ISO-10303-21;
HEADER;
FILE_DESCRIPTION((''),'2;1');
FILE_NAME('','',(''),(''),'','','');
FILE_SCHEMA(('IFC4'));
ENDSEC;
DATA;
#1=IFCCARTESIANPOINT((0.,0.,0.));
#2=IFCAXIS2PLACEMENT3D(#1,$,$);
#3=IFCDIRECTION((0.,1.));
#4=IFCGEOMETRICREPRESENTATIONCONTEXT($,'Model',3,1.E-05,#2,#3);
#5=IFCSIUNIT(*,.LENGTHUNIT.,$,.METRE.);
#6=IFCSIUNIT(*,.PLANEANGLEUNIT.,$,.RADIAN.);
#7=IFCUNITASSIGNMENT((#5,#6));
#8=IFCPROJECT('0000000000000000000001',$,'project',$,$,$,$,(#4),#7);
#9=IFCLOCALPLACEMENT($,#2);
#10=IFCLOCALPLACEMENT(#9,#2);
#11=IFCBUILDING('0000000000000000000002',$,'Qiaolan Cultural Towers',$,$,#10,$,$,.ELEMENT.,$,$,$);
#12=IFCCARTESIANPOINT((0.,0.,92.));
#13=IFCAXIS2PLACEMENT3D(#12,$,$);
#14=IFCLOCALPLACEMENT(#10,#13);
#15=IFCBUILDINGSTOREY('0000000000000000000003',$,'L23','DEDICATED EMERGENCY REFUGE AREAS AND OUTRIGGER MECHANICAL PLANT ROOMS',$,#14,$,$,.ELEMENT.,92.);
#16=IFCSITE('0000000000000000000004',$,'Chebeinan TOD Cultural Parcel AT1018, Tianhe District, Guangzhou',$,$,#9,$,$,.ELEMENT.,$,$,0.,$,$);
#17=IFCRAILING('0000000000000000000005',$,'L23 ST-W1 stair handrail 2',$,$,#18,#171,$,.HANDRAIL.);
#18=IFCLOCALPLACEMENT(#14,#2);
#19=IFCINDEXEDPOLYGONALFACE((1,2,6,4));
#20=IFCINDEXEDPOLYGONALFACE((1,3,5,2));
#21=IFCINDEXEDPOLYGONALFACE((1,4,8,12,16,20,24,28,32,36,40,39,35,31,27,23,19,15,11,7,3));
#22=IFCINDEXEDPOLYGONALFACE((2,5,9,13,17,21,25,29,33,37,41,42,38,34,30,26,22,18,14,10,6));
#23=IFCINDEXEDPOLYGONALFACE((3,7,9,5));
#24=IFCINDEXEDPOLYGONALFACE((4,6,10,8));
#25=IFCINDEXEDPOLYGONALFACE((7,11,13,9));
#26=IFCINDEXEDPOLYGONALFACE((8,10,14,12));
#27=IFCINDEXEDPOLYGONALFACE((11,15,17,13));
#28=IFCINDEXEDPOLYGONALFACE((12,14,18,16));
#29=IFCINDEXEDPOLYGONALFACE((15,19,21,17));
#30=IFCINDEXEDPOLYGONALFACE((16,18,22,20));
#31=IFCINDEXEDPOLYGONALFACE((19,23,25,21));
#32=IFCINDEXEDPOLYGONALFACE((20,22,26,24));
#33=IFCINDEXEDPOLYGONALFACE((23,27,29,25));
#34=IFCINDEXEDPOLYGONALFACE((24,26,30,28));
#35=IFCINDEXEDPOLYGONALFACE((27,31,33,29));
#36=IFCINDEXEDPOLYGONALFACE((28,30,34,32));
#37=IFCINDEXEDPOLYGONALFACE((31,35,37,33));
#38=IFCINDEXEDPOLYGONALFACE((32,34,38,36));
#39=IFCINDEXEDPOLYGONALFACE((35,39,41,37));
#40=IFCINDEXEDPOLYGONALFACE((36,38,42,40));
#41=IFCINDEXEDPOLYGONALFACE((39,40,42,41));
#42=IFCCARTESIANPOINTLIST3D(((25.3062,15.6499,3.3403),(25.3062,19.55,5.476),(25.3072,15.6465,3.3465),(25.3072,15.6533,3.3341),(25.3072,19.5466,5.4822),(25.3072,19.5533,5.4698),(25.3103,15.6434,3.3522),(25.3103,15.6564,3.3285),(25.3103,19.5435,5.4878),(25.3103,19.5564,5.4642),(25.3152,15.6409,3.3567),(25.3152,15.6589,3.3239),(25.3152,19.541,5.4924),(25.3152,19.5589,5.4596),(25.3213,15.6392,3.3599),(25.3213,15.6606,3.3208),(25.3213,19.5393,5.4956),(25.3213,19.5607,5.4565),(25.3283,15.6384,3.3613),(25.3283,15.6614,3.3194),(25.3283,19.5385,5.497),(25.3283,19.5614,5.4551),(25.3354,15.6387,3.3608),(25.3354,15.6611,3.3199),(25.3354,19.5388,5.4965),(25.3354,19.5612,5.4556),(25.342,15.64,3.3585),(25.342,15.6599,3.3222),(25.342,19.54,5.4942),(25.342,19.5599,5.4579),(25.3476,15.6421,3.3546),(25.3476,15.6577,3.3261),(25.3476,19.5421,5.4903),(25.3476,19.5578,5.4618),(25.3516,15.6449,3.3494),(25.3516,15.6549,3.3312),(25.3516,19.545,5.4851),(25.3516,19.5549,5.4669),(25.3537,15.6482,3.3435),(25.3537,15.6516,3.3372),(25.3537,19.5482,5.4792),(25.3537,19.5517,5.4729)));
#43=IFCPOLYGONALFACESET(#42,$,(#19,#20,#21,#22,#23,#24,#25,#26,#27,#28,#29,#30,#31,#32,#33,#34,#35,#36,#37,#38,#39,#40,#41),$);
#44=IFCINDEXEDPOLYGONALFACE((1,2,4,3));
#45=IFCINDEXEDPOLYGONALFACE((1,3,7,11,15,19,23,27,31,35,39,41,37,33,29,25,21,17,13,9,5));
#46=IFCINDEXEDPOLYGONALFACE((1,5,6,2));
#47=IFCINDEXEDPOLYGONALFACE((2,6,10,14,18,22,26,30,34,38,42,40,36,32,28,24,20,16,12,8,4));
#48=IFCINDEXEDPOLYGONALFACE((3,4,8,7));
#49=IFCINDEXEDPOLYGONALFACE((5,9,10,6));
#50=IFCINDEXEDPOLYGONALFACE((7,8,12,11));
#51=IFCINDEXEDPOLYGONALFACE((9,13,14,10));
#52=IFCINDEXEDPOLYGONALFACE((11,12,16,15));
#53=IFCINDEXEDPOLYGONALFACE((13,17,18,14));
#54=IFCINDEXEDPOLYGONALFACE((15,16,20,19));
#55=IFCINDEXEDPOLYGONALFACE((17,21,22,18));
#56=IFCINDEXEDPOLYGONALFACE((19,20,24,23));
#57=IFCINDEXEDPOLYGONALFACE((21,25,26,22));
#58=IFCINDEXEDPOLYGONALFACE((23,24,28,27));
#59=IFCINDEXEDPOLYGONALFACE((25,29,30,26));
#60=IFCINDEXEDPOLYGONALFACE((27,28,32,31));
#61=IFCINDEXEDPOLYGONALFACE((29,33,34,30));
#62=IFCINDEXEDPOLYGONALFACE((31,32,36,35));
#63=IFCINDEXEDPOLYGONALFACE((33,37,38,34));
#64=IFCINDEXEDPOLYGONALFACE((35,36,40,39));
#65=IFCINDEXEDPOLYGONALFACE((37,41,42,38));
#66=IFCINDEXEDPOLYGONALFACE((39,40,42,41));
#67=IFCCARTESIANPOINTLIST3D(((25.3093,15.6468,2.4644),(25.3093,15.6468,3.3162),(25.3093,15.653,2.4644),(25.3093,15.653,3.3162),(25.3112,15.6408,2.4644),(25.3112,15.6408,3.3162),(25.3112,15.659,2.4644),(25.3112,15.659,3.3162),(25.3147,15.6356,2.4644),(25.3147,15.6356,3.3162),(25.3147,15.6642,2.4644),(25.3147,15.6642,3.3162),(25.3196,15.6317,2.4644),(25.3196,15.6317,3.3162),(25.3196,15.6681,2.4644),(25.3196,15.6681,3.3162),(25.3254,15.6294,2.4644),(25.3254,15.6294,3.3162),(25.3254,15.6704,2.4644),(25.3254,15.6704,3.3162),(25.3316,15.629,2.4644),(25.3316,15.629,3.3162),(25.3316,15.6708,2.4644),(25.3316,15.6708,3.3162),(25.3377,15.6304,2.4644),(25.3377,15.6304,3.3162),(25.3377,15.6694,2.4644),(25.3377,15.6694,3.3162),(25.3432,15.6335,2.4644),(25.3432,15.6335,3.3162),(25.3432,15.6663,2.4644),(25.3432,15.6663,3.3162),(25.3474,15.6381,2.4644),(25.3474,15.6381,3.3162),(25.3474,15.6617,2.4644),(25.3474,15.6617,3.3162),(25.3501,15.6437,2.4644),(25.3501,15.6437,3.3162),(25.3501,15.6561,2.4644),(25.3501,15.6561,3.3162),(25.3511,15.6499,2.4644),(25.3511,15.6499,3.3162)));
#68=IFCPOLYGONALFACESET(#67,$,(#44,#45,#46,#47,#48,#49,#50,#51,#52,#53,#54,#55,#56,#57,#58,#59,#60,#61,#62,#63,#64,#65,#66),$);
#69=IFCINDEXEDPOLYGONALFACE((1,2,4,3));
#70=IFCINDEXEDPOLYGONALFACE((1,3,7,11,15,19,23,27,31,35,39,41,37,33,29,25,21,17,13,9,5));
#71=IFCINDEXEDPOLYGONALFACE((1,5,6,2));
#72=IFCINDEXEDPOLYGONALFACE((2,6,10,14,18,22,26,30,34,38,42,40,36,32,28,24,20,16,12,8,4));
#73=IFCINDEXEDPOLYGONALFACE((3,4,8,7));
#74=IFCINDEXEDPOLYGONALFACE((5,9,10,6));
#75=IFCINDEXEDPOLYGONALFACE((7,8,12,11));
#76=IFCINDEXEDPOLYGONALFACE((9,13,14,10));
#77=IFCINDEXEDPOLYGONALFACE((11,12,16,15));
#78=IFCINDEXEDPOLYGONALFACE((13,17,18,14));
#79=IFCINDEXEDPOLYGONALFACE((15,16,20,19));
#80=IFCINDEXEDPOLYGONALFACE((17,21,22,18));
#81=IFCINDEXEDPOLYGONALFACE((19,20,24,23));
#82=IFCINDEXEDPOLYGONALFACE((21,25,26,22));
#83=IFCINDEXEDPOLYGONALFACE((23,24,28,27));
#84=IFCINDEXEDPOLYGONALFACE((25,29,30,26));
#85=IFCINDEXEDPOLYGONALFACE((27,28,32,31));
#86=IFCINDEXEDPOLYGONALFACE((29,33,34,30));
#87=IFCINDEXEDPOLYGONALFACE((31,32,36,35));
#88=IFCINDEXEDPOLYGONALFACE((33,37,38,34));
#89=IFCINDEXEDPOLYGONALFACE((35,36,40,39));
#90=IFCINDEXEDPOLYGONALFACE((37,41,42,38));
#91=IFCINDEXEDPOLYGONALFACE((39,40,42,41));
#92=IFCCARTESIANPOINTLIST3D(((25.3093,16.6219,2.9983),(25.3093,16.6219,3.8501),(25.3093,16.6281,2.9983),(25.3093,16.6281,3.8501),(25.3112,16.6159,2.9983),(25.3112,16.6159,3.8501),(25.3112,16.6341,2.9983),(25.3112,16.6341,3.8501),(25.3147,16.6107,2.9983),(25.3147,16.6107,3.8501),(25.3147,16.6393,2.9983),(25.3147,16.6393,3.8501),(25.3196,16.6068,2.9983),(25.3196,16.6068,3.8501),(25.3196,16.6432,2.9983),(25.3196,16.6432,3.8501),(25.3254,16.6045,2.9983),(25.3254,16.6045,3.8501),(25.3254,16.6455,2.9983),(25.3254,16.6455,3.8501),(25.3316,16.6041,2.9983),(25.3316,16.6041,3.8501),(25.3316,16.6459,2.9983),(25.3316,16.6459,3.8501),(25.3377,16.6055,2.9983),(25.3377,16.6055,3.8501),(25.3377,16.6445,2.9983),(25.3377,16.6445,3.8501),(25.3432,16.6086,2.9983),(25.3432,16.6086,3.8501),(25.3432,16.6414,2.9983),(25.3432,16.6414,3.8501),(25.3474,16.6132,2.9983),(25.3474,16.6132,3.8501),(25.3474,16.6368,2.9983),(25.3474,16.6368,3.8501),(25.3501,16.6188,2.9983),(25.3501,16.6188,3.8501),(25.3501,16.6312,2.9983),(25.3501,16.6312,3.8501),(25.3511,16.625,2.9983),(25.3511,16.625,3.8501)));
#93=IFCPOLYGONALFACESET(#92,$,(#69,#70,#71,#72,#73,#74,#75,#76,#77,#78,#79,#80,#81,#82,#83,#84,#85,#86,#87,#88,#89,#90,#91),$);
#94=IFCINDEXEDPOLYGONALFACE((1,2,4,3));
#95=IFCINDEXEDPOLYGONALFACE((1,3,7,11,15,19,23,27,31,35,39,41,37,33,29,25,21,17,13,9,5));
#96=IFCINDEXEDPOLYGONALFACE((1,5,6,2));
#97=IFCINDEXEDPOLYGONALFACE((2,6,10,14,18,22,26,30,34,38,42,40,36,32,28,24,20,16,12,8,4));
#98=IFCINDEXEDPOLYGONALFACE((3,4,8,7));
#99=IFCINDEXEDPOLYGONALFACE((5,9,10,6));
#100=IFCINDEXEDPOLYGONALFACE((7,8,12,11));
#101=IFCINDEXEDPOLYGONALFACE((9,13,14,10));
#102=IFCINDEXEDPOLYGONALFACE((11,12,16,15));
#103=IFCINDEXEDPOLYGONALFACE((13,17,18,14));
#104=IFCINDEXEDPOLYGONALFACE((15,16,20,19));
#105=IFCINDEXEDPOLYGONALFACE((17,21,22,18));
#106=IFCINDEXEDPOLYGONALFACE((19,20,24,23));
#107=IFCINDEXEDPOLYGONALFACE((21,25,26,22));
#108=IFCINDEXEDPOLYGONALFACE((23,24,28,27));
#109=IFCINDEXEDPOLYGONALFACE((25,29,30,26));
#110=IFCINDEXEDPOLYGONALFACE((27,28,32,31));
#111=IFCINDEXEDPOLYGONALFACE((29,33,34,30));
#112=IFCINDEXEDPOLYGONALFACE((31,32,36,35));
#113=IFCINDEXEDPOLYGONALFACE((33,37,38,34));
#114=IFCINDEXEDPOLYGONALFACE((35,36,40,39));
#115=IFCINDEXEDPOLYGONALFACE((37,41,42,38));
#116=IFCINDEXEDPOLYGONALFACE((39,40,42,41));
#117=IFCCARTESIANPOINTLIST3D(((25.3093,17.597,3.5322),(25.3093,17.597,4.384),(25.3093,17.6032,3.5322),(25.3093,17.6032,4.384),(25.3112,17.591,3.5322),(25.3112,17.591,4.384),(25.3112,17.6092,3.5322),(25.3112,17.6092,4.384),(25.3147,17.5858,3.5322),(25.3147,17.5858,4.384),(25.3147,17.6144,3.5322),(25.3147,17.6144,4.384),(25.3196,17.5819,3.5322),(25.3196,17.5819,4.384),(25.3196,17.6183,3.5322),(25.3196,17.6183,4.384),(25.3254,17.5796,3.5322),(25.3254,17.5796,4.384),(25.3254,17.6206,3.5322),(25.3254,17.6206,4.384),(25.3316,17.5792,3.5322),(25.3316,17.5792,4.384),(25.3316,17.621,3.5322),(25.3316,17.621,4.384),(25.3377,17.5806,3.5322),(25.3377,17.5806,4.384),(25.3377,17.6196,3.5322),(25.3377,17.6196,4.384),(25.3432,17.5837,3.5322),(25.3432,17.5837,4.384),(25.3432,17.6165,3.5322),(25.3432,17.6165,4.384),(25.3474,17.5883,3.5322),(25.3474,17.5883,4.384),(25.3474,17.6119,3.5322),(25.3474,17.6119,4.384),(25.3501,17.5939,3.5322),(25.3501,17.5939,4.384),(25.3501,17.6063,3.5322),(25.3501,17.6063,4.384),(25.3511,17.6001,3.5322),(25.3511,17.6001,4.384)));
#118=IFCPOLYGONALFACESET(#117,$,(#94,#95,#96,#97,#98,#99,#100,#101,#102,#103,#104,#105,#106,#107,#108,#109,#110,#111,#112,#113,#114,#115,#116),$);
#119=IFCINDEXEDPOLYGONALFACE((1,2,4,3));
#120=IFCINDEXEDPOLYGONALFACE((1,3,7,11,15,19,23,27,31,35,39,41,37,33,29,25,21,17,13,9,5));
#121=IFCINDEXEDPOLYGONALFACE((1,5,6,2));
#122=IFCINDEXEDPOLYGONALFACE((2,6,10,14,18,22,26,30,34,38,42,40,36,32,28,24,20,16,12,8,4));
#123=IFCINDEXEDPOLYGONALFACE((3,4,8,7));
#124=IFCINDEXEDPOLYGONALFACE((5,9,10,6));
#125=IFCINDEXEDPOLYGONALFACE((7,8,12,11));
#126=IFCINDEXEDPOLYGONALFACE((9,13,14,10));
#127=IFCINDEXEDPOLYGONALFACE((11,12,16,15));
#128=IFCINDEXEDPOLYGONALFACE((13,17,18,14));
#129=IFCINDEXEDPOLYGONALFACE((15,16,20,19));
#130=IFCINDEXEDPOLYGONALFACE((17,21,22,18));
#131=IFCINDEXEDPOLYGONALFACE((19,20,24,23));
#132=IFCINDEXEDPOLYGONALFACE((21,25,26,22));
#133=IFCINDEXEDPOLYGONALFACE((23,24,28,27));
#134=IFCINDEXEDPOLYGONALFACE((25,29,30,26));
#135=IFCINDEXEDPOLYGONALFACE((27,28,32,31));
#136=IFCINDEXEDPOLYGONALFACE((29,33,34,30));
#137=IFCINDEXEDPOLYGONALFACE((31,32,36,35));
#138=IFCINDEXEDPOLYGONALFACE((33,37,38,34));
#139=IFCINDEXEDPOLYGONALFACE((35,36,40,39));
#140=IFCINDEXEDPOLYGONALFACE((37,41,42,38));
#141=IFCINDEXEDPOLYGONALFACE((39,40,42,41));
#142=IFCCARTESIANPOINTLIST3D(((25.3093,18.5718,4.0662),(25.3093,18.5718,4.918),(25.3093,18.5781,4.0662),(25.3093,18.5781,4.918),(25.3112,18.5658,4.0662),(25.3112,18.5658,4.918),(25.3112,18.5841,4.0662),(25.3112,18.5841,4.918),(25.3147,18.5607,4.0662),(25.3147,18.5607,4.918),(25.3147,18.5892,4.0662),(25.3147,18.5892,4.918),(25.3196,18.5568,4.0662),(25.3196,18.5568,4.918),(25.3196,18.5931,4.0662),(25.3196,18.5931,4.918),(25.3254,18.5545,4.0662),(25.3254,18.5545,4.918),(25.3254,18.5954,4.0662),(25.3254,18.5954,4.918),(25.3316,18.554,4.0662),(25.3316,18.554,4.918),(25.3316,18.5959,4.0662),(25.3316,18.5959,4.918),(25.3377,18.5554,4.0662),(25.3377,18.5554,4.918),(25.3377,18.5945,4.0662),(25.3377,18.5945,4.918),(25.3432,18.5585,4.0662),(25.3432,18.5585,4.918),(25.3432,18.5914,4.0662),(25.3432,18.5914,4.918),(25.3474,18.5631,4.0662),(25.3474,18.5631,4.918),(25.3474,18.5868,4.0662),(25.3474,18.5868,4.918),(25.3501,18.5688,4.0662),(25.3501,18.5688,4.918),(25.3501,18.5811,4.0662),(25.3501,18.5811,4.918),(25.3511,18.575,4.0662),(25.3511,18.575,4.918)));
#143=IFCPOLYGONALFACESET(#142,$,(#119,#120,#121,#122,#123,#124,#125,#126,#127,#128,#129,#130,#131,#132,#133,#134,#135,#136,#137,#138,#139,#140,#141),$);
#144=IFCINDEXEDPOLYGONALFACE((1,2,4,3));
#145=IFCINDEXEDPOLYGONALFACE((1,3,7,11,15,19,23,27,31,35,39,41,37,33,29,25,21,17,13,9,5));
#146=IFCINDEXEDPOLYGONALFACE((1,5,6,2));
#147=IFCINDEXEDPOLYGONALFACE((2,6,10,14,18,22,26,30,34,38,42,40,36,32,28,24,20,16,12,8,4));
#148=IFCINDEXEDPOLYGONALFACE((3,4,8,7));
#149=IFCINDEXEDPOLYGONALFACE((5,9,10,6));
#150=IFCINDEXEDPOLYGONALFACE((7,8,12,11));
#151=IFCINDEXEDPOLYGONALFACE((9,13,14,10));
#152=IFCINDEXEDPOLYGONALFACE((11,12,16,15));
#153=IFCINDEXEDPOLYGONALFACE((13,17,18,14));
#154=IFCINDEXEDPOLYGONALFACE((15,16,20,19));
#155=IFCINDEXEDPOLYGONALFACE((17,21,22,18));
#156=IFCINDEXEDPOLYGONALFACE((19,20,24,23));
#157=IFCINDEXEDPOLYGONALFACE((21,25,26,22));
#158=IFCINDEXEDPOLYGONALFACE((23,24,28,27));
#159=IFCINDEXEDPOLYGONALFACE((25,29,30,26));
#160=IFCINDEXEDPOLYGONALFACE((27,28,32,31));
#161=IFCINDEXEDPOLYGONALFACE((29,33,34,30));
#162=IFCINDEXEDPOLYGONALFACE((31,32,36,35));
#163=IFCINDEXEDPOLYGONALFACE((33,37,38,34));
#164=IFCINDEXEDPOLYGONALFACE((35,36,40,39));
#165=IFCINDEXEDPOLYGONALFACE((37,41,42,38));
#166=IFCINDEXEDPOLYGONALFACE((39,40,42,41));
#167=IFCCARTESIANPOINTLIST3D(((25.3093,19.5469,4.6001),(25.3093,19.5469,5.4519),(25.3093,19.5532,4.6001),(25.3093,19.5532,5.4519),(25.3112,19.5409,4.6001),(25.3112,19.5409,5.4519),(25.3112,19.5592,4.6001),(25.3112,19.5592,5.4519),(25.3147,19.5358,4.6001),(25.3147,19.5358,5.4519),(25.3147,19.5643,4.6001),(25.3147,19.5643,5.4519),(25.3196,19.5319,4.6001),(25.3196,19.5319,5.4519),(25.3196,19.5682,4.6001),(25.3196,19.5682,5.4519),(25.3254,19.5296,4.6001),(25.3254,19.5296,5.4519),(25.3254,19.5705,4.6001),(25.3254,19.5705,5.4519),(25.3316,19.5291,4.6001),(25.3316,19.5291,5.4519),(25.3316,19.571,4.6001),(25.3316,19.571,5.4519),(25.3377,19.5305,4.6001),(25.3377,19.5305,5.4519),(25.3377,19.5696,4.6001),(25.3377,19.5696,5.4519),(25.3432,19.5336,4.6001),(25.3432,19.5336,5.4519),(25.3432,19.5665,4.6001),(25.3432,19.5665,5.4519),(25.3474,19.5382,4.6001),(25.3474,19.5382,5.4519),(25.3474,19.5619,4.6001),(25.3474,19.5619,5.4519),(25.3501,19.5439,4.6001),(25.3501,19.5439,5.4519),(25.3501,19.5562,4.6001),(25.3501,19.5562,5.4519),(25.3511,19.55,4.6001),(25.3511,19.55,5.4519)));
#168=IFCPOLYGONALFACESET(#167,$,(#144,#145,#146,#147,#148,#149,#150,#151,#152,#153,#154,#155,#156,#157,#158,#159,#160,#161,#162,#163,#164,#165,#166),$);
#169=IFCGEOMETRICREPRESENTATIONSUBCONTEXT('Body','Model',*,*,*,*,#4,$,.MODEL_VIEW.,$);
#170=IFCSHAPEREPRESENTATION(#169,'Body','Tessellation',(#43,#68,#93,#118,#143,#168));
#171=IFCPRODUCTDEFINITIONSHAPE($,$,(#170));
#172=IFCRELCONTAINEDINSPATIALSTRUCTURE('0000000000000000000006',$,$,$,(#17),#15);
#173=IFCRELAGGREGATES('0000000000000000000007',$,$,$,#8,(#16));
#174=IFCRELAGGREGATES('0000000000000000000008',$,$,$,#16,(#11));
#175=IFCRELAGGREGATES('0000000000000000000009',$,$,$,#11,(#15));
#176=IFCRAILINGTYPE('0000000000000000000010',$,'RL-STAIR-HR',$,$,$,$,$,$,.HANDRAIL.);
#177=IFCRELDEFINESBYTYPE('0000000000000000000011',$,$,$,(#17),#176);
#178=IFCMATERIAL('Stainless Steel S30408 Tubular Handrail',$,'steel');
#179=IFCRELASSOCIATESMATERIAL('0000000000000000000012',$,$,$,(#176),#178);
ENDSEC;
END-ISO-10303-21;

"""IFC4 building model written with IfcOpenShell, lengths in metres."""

from ifc_helpers import new_model, si_unit, direction, frame, origin, origin_2d, place, context, subcontext, project, spatial, circle, extrude, material, type_object, element, save


model = new_model("IFC4")

# Units and contexts
model_context = context("Model", 3, precision=1e-05, world=origin(), true_north=direction((0.0, 1.0)))
body_context = subcontext(model_context, "Body", "Model", "MODEL_VIEW")
ifc_project = project(units=[si_unit("LENGTHUNIT", "METRE"), si_unit("PLANEANGLEUNIT", "RADIAN")], contexts=[model_context])

# Site, building, storey
site_placement = place(None, origin())
site = spatial("IfcSite", under=ifc_project, at=site_placement, Name="Chebeinan TOD Cultural Parcel AT1018, Tianhe District, Guangzhou", CompositionType="ELEMENT", RefElevation=0.0)
building_placement = place(site_placement, origin())
building = spatial("IfcBuilding", under=site, at=building_placement, Name="Qiaolan Cultural Towers", CompositionType="ELEMENT")
storey_placement = place(building_placement, frame((0.0, 0.0, 92.0)))
storey = spatial("IfcBuildingStorey", under=building, at=storey_placement, Name="L23", Description="DEDICATED EMERGENCY REFUGE AREAS AND OUTRIGGER MECHANICAL PLANT ROOMS", CompositionType="ELEMENT", Elevation=92.0)

# Railing
ifc_material_1 = material(Name="Stainless Steel S30408 Tubular Handrail", Category="steel")
railing_type_1 = type_object("IfcRailingType", Name="RL-STAIR-HR", PredefinedType="HANDRAIL", material=ifc_material_1)
railing_1_placement = place(storey_placement, frame((25.3301, 15.6499, 2.4644)))
element("IfcRailing", 1, at=railing_1_placement, inside=storey, type_object=railing_type_1, Name="L23 ST-W1 stair handrail 2", PredefinedType="HANDRAIL", context=body_context, shape_type="SweptSolid", body=[
    extrude(circle(Radius=0.0239, at=origin_2d()), frame((0.0, 0.0, 0.876), z_axis=(0.0, 0.877101, 0.480306), x_axis=(-1.0, 0.0, 0.0)), (0.0, 0.0, 1.0), 4.4465),
    extrude(circle(Radius=0.021, at=origin_2d()), origin(), (0.0, 0.0, 1.0), 0.8518),
    extrude(circle(Radius=0.021, at=origin_2d()), frame((0.0, 0.9751, 0.5339)), (0.0, 0.0, 1.0), 0.8518),
    extrude(circle(Radius=0.021, at=origin_2d()), frame((0.0, 1.9502, 1.0679)), (0.0, 0.0, 1.0), 0.8518),
    extrude(circle(Radius=0.021, at=origin_2d()), frame((0.0, 2.925, 1.6018)), (0.0, 0.0, 1.0), 0.8518),
    extrude(circle(Radius=0.021, at=origin_2d()), frame((0.0, 3.9001, 2.1357)), (0.0, 0.0, 1.0), 0.8518),
])

save(model, "model.ifc")
